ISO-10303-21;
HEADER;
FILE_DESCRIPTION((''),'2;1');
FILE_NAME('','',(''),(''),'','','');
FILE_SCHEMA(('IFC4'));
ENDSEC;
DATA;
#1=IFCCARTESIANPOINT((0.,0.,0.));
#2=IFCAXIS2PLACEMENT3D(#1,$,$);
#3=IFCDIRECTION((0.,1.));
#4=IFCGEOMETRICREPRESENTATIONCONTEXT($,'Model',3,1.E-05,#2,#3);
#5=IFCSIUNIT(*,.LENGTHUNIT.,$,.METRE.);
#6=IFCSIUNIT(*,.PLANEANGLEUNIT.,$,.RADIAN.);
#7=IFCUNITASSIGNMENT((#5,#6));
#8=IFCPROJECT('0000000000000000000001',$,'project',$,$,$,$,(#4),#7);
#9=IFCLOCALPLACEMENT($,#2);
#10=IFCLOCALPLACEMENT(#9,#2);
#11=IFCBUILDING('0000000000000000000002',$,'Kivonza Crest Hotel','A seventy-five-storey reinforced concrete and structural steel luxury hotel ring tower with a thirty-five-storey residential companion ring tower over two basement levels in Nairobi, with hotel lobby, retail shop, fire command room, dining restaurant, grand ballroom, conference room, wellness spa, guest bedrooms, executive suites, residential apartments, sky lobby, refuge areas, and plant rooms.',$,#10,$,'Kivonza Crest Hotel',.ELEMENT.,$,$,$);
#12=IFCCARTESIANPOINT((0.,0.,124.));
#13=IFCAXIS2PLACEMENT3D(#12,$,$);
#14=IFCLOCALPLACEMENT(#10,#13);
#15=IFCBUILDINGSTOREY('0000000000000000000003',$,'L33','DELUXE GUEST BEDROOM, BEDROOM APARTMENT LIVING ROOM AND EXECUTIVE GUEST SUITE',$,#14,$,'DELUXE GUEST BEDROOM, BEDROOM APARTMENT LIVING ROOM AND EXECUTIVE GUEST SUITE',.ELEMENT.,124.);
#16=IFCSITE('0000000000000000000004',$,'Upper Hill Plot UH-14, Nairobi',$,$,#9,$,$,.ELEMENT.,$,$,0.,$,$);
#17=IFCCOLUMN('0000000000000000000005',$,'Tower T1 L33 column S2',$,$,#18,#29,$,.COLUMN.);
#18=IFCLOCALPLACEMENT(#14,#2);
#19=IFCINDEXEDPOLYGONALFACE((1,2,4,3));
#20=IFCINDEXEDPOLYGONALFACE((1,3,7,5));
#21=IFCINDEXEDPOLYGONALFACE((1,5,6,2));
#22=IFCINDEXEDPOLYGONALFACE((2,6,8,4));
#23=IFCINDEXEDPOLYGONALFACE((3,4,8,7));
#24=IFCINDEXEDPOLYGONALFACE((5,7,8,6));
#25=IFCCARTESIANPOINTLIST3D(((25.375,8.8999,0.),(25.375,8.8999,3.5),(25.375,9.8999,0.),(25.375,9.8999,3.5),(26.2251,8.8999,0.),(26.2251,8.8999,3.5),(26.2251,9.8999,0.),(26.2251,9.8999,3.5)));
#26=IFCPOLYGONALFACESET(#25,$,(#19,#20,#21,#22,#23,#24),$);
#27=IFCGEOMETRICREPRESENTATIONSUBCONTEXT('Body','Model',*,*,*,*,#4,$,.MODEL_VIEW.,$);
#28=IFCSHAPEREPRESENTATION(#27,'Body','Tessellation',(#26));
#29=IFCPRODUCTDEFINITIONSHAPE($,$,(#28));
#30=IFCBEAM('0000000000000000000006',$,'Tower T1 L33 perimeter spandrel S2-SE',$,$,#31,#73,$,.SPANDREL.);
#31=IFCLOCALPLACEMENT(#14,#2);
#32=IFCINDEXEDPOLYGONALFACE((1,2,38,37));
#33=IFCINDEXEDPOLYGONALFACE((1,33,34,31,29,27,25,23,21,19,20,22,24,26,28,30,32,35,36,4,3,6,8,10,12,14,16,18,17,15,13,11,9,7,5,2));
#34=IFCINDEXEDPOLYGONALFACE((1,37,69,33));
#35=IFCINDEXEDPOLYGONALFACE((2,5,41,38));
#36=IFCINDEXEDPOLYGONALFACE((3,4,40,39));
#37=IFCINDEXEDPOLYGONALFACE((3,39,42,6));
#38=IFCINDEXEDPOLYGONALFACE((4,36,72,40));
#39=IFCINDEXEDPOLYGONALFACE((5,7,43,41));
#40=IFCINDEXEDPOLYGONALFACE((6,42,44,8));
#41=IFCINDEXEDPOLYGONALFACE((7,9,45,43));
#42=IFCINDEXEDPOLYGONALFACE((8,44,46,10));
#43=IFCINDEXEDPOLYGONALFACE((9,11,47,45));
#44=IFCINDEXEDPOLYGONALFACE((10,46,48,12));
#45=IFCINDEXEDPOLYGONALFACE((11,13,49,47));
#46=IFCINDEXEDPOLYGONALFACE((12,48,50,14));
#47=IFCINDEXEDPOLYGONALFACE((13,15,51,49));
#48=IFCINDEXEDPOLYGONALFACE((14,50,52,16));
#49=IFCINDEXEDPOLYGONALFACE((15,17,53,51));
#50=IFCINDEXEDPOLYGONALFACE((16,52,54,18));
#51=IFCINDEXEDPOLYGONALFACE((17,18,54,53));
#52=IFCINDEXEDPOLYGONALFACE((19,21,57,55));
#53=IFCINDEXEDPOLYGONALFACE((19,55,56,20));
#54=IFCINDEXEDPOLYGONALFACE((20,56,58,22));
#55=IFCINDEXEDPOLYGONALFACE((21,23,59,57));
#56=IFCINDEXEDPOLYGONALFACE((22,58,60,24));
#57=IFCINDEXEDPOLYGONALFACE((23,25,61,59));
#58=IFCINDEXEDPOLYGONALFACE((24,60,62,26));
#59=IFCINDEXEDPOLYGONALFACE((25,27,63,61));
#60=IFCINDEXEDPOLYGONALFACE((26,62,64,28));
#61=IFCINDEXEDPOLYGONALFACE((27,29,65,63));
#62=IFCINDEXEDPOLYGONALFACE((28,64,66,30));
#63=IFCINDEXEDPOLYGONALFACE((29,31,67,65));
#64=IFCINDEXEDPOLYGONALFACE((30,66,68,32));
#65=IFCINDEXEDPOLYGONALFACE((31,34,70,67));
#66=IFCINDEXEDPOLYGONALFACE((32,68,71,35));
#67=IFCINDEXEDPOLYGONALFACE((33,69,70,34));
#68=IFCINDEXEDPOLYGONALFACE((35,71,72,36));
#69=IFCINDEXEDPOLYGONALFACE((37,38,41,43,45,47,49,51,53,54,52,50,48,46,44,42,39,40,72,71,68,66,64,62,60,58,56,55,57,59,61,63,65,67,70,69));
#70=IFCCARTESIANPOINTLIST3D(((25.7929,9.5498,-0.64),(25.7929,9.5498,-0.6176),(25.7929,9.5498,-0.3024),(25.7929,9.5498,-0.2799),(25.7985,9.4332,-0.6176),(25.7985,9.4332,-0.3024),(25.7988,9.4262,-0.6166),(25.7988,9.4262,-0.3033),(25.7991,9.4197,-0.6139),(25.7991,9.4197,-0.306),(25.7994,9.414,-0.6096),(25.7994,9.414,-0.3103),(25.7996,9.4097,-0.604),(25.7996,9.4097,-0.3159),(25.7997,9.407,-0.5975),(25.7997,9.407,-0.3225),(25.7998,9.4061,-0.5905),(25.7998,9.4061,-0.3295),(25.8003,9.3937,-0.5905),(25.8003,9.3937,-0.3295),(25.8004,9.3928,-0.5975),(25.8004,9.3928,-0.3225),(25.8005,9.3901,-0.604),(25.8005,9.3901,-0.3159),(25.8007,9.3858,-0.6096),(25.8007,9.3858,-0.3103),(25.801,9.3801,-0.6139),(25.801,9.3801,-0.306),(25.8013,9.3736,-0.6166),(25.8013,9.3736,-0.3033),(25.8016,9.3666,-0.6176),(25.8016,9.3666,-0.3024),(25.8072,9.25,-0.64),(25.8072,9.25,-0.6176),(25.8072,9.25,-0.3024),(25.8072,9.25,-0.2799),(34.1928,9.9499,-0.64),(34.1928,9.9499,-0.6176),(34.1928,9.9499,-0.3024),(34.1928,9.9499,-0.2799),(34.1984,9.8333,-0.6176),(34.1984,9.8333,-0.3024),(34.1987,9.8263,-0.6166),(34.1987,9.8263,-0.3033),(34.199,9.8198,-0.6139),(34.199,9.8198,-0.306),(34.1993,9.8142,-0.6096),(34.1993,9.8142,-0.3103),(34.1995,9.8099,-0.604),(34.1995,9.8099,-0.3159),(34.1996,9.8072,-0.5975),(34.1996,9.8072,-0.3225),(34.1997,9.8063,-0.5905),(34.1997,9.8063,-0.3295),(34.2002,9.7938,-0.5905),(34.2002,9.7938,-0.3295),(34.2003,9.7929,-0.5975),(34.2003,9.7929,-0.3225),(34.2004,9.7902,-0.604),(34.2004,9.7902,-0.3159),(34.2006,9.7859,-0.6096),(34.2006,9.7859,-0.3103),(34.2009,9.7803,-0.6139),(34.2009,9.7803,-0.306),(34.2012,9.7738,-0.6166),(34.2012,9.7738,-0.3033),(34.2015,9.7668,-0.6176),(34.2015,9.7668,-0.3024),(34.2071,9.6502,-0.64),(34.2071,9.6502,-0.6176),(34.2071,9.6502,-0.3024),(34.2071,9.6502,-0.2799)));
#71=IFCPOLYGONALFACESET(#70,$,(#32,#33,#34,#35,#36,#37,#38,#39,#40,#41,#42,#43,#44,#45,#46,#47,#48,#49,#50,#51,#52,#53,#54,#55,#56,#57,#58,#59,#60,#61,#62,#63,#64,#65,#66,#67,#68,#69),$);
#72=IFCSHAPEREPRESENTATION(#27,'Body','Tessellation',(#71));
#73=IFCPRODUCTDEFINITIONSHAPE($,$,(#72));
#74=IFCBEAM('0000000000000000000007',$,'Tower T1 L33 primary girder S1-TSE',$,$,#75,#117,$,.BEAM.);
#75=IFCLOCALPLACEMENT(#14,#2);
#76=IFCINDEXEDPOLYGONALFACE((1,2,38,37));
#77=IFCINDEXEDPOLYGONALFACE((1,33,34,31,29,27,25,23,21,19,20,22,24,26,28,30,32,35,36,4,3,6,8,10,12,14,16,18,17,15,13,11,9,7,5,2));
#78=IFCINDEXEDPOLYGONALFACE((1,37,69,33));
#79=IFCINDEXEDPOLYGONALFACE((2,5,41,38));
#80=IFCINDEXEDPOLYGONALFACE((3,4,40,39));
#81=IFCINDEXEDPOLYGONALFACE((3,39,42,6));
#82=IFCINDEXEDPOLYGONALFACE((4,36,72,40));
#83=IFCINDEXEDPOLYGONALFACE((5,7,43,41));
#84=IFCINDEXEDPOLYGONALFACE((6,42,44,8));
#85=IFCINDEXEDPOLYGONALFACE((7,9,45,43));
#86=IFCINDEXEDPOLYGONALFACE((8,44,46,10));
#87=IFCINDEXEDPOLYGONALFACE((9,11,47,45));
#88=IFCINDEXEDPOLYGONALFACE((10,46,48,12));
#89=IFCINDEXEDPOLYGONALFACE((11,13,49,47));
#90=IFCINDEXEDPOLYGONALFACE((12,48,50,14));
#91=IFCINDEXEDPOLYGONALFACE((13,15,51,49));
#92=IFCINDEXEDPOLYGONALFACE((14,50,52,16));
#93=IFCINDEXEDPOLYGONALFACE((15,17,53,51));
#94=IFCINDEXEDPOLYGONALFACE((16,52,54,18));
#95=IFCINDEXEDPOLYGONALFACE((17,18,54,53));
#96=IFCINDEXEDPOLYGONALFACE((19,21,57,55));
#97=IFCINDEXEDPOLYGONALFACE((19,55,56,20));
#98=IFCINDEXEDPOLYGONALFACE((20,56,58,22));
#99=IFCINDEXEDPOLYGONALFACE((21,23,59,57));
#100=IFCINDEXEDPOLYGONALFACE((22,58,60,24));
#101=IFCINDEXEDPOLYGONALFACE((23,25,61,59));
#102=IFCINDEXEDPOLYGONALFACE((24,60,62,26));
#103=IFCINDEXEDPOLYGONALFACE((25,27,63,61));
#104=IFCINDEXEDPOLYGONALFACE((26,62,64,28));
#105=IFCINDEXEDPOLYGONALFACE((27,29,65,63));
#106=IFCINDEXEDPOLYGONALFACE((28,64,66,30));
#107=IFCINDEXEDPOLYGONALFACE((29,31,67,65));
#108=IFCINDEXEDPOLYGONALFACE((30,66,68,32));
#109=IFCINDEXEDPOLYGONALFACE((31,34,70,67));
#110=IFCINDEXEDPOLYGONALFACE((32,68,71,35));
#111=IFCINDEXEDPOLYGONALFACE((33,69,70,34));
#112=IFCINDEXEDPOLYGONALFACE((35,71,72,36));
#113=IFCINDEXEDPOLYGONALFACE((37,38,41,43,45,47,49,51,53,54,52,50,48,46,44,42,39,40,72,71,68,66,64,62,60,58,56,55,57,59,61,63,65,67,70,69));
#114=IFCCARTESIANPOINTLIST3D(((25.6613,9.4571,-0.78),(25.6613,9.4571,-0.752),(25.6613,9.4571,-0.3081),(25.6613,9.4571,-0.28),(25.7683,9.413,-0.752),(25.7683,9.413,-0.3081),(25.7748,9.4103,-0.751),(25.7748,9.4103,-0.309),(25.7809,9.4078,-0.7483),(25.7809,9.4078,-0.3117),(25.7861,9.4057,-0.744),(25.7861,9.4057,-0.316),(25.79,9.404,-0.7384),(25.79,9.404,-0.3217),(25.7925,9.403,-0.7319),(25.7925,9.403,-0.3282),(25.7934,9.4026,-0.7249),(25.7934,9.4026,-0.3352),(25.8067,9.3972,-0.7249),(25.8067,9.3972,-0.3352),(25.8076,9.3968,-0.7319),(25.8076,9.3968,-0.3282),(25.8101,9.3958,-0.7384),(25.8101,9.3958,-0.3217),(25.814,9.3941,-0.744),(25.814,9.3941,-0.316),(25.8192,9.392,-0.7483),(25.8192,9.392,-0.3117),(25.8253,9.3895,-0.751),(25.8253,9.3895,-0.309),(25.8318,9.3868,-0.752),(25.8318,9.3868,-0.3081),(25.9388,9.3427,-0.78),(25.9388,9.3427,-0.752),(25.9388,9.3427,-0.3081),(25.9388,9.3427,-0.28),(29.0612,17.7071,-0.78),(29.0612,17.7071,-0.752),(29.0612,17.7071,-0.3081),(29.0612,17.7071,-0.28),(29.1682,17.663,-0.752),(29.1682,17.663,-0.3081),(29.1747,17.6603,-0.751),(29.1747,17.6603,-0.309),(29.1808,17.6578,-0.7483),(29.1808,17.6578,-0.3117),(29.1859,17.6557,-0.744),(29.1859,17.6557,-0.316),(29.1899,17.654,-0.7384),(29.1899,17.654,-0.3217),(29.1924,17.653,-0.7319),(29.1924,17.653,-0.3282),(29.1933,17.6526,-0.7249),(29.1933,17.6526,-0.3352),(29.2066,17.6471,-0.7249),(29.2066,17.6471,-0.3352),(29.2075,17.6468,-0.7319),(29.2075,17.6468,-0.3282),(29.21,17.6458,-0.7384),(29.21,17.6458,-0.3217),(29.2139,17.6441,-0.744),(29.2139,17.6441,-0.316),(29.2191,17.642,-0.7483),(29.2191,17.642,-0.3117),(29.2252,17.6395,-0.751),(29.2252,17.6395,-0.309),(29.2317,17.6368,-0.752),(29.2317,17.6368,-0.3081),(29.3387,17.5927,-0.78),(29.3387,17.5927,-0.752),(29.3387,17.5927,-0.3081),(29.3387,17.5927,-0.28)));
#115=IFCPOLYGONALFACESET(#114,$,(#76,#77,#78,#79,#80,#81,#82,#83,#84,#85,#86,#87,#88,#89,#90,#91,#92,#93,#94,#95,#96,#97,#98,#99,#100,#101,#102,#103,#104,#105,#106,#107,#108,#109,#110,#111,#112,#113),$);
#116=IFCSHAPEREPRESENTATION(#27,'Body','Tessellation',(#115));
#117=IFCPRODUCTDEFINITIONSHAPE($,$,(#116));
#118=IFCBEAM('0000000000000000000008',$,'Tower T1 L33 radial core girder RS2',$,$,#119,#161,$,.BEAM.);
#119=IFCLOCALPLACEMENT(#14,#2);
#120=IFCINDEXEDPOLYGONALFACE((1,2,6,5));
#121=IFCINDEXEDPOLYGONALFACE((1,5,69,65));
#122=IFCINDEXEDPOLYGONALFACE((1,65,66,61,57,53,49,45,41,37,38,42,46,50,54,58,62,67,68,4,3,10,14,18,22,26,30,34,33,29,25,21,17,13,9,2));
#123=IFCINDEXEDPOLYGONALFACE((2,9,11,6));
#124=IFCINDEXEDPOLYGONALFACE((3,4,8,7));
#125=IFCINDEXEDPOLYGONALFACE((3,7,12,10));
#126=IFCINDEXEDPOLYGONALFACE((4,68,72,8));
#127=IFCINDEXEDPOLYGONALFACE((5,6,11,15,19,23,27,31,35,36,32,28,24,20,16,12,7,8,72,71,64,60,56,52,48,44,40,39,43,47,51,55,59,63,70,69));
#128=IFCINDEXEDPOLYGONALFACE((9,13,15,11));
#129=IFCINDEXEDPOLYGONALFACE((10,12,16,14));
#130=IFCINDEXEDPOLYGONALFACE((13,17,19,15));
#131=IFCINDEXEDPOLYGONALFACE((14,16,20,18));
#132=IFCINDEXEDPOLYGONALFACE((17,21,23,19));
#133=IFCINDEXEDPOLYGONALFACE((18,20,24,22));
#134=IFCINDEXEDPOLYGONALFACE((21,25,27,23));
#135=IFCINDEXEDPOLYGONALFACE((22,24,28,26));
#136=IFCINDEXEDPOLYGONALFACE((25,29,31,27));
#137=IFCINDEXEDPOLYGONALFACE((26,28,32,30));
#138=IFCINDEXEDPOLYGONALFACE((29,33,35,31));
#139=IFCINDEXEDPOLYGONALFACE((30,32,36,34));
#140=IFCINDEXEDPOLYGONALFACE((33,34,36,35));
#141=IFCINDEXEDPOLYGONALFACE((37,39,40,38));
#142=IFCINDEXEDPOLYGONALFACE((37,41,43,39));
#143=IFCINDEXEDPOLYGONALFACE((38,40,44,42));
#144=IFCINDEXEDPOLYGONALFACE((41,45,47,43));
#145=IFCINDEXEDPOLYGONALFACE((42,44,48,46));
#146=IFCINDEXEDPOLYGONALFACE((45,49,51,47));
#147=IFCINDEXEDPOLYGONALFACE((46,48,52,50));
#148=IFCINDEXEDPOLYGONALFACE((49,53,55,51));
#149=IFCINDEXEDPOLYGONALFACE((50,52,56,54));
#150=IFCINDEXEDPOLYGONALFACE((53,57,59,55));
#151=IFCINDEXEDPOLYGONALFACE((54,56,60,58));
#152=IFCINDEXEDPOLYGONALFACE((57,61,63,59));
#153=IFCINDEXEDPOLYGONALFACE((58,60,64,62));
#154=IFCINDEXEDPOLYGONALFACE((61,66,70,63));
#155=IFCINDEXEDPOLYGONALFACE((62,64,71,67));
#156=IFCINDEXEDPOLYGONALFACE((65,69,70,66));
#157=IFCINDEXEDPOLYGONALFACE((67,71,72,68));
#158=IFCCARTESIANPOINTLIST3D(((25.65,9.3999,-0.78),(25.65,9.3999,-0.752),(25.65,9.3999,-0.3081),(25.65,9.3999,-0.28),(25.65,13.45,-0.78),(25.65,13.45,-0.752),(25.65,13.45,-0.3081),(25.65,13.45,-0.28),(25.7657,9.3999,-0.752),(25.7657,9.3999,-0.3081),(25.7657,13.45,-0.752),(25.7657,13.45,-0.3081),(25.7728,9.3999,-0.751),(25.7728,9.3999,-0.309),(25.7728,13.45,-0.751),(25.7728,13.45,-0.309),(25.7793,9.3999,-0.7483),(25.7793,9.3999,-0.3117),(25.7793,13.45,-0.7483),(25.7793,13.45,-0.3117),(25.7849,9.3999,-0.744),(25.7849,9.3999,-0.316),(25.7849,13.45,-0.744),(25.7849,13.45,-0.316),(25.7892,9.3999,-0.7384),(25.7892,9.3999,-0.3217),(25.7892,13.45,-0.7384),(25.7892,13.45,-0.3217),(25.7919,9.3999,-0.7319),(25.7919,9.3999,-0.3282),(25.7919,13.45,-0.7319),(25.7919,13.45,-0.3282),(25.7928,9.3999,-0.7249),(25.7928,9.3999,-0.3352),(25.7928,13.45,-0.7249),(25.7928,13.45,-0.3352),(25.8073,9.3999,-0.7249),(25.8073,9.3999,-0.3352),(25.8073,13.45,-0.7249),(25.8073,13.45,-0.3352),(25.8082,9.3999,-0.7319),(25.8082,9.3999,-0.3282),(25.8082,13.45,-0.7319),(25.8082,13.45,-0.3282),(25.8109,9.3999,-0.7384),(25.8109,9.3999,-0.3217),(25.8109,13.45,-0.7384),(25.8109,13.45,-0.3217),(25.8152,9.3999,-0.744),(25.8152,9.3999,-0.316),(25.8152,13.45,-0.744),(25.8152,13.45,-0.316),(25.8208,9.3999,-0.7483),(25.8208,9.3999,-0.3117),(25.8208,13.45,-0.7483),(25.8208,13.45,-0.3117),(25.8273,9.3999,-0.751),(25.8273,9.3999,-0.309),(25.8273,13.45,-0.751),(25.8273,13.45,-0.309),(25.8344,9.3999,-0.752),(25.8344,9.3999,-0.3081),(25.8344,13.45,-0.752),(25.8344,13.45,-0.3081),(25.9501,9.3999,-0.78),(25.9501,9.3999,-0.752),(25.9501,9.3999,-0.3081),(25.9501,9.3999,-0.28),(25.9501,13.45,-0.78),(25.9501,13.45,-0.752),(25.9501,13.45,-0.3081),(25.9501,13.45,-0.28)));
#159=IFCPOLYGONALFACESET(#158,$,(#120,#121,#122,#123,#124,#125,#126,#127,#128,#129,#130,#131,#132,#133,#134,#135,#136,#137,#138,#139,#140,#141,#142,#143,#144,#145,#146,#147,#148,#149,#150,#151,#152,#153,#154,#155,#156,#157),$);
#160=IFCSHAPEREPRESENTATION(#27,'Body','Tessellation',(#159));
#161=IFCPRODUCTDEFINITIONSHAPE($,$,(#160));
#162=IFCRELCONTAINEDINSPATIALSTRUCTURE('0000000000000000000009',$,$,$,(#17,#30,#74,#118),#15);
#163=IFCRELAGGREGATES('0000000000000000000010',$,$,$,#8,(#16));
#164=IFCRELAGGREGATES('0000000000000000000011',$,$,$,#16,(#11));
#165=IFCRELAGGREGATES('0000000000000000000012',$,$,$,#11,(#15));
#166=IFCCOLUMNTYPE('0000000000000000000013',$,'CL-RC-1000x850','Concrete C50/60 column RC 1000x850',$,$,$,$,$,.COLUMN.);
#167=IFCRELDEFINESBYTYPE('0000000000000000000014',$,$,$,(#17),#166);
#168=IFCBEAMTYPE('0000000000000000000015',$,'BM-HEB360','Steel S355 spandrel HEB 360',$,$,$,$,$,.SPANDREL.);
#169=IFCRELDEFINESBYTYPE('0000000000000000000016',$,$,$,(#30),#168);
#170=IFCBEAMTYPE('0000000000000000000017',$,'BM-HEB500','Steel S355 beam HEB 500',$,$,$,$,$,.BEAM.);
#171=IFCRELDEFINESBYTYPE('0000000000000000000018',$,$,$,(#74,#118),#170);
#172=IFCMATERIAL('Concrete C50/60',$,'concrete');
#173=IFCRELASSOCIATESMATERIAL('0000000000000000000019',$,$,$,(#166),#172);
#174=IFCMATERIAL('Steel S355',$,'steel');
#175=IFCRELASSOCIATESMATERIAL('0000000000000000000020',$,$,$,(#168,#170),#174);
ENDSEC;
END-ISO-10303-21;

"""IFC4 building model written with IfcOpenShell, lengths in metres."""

from ifc_helpers import new_model, si_unit, direction, frame, origin, origin_2d, place, context, subcontext, project, spatial, rectangle, i_section, extrude, material, material_profile, profile_set, type_object, element, save


model = new_model("IFC4")

# Units and contexts
model_context = context("Model", 3, precision=1e-05, world=origin(), true_north=direction((0.0, 1.0)))
body_context = subcontext(model_context, "Body", "Model", "MODEL_VIEW")
ifc_project = project(units=[si_unit("LENGTHUNIT", "METRE"), si_unit("PLANEANGLEUNIT", "RADIAN")], contexts=[model_context])

# Site, building, storey
site_placement = place(None, origin())
site = spatial("IfcSite", under=ifc_project, at=site_placement, Name="Upper Hill Plot UH-14, Nairobi", CompositionType="ELEMENT", RefElevation=0.0)
building_placement = place(site_placement, origin())
building = spatial("IfcBuilding", under=site, at=building_placement, Name="Kivonza Crest Hotel", Description="A seventy-five-storey reinforced concrete and structural steel luxury hotel ring tower with a thirty-five-storey residential companion ring tower over two basement levels in Nairobi, with hotel lobby, retail shop, fire command room, dining restaurant, grand ballroom, conference room, wellness spa, guest bedrooms, executive suites, residential apartments, sky lobby, refuge areas, and plant rooms.", LongName="Kivonza Crest Hotel", CompositionType="ELEMENT")
storey_placement = place(building_placement, frame((0.0, 0.0, 124.0)))
storey = spatial("IfcBuildingStorey", under=building, at=storey_placement, Name="L33", Description="DELUXE GUEST BEDROOM, BEDROOM APARTMENT LIVING ROOM AND EXECUTIVE GUEST SUITE", LongName="DELUXE GUEST BEDROOM, BEDROOM APARTMENT LIVING ROOM AND EXECUTIVE GUEST SUITE", CompositionType="ELEMENT", Elevation=124.0)

# Column
ifc_material_1 = material(Name="Concrete C50/60", Category="concrete")
ifc_material_profile_1 = material_profile(ifc_material_1, rectangle(XDim=0.8501, YDim=1.0, at=origin_2d()), Name="RC 1000x850")
ifc_profile_set_1 = profile_set([ifc_material_profile_1], Name="Concrete C50/60")
column_type = type_object("IfcColumnType", Name="CL-RC-1000x850", Description="Concrete C50/60 column RC 1000x850", PredefinedType="COLUMN", material=ifc_profile_set_1)
column_placement = place(storey_placement, frame((25.8, 9.3999, 0.0), z_axis=(0.0, 0.0, 1.0), x_axis=(1.0, 0.0, 0.0)))
element("IfcColumn", 1, at=column_placement, inside=storey, type_object=column_type, Name="Tower T1 L33 column S2", PredefinedType="COLUMN", context=body_context, shape_type="SweptSolid", body=[
    extrude(rectangle(XDim=0.8501, YDim=1.0, at=origin_2d()), origin(), (0.0, 0.0, 1.0), 3.5),
])

# Beams
ifc_material_2 = material(Name="Steel S355", Category="steel")
ifc_material_profile_2 = material_profile(ifc_material_2, i_section(OverallWidth=0.3, OverallDepth=0.3601, WebThickness=0.0125, FlangeThickness=0.0225, FilletRadius=0.0271, at=origin_2d()), Name="HEB 360")
ifc_profile_set_2 = profile_set([ifc_material_profile_2], Name="Steel S355")
beam_type_1 = type_object("IfcBeamType", Name="BM-HEB360", Description="Steel S355 spandrel HEB 360", PredefinedType="SPANDREL", material=ifc_profile_set_2)
beam_1_placement = place(storey_placement, frame((25.8, 9.3999, -0.46), z_axis=(0.998867, 0.047583, 0.0), x_axis=(-0.047583, 0.998867, 0.0)))
element("IfcBeam", 2, at=beam_1_placement, inside=storey, type_object=beam_type_1, Name="Tower T1 L33 perimeter spandrel S2-SE", PredefinedType="SPANDREL", context=body_context, shape_type="SweptSolid", body=[
    extrude(i_section(OverallWidth=0.3, OverallDepth=0.3601, WebThickness=0.0125, FlangeThickness=0.0225, FilletRadius=0.0271, at=origin_2d()), origin(), (0.0, 0.0, 1.0), 8.4094),
])
ifc_material_profile_3 = material_profile(ifc_material_2, i_section(OverallWidth=0.3, OverallDepth=0.5, WebThickness=0.0144, FlangeThickness=0.0281, FilletRadius=0.0271, at=origin_2d()), Name="HEB 500")
ifc_profile_set_3 = profile_set([ifc_material_profile_3], Name="Steel S355")
beam_type_2 = type_object("IfcBeamType", Name="BM-HEB500", Description="Steel S355 beam HEB 500", PredefinedType="BEAM", material=ifc_profile_set_3)
beam_2_placement = place(storey_placement, frame((25.8, 9.3999, -0.53), z_axis=(0.381022, 0.924566, 0.0), x_axis=(-0.924566, 0.381022, 0.0)))
element("IfcBeam", 3, at=beam_2_placement, inside=storey, type_object=beam_type_2, Name="Tower T1 L33 primary girder S1-TSE", PredefinedType="BEAM", context=body_context, shape_type="SweptSolid", body=[
    extrude(i_section(OverallWidth=0.3, OverallDepth=0.5, WebThickness=0.0144, FlangeThickness=0.0281, FilletRadius=0.0271, at=origin_2d()), origin(), (0.0, 0.0, 1.0), 8.9231),
])
beam_3_placement = place(storey_placement, frame((25.8, 9.3999, -0.53), z_axis=(0.0, 1.0, 0.0), x_axis=(-1.0, 0.0, 0.0)))
element("IfcBeam", 4, at=beam_3_placement, inside=storey, type_object=beam_type_2, Name="Tower T1 L33 radial core girder RS2", PredefinedType="BEAM", context=body_context, shape_type="SweptSolid", body=[
    extrude(i_section(OverallWidth=0.3, OverallDepth=0.5, WebThickness=0.0144, FlangeThickness=0.0281, FilletRadius=0.0271, at=origin_2d()), origin(), (0.0, 0.0, 1.0), 4.05),
])

save(model, "model.ifc")
